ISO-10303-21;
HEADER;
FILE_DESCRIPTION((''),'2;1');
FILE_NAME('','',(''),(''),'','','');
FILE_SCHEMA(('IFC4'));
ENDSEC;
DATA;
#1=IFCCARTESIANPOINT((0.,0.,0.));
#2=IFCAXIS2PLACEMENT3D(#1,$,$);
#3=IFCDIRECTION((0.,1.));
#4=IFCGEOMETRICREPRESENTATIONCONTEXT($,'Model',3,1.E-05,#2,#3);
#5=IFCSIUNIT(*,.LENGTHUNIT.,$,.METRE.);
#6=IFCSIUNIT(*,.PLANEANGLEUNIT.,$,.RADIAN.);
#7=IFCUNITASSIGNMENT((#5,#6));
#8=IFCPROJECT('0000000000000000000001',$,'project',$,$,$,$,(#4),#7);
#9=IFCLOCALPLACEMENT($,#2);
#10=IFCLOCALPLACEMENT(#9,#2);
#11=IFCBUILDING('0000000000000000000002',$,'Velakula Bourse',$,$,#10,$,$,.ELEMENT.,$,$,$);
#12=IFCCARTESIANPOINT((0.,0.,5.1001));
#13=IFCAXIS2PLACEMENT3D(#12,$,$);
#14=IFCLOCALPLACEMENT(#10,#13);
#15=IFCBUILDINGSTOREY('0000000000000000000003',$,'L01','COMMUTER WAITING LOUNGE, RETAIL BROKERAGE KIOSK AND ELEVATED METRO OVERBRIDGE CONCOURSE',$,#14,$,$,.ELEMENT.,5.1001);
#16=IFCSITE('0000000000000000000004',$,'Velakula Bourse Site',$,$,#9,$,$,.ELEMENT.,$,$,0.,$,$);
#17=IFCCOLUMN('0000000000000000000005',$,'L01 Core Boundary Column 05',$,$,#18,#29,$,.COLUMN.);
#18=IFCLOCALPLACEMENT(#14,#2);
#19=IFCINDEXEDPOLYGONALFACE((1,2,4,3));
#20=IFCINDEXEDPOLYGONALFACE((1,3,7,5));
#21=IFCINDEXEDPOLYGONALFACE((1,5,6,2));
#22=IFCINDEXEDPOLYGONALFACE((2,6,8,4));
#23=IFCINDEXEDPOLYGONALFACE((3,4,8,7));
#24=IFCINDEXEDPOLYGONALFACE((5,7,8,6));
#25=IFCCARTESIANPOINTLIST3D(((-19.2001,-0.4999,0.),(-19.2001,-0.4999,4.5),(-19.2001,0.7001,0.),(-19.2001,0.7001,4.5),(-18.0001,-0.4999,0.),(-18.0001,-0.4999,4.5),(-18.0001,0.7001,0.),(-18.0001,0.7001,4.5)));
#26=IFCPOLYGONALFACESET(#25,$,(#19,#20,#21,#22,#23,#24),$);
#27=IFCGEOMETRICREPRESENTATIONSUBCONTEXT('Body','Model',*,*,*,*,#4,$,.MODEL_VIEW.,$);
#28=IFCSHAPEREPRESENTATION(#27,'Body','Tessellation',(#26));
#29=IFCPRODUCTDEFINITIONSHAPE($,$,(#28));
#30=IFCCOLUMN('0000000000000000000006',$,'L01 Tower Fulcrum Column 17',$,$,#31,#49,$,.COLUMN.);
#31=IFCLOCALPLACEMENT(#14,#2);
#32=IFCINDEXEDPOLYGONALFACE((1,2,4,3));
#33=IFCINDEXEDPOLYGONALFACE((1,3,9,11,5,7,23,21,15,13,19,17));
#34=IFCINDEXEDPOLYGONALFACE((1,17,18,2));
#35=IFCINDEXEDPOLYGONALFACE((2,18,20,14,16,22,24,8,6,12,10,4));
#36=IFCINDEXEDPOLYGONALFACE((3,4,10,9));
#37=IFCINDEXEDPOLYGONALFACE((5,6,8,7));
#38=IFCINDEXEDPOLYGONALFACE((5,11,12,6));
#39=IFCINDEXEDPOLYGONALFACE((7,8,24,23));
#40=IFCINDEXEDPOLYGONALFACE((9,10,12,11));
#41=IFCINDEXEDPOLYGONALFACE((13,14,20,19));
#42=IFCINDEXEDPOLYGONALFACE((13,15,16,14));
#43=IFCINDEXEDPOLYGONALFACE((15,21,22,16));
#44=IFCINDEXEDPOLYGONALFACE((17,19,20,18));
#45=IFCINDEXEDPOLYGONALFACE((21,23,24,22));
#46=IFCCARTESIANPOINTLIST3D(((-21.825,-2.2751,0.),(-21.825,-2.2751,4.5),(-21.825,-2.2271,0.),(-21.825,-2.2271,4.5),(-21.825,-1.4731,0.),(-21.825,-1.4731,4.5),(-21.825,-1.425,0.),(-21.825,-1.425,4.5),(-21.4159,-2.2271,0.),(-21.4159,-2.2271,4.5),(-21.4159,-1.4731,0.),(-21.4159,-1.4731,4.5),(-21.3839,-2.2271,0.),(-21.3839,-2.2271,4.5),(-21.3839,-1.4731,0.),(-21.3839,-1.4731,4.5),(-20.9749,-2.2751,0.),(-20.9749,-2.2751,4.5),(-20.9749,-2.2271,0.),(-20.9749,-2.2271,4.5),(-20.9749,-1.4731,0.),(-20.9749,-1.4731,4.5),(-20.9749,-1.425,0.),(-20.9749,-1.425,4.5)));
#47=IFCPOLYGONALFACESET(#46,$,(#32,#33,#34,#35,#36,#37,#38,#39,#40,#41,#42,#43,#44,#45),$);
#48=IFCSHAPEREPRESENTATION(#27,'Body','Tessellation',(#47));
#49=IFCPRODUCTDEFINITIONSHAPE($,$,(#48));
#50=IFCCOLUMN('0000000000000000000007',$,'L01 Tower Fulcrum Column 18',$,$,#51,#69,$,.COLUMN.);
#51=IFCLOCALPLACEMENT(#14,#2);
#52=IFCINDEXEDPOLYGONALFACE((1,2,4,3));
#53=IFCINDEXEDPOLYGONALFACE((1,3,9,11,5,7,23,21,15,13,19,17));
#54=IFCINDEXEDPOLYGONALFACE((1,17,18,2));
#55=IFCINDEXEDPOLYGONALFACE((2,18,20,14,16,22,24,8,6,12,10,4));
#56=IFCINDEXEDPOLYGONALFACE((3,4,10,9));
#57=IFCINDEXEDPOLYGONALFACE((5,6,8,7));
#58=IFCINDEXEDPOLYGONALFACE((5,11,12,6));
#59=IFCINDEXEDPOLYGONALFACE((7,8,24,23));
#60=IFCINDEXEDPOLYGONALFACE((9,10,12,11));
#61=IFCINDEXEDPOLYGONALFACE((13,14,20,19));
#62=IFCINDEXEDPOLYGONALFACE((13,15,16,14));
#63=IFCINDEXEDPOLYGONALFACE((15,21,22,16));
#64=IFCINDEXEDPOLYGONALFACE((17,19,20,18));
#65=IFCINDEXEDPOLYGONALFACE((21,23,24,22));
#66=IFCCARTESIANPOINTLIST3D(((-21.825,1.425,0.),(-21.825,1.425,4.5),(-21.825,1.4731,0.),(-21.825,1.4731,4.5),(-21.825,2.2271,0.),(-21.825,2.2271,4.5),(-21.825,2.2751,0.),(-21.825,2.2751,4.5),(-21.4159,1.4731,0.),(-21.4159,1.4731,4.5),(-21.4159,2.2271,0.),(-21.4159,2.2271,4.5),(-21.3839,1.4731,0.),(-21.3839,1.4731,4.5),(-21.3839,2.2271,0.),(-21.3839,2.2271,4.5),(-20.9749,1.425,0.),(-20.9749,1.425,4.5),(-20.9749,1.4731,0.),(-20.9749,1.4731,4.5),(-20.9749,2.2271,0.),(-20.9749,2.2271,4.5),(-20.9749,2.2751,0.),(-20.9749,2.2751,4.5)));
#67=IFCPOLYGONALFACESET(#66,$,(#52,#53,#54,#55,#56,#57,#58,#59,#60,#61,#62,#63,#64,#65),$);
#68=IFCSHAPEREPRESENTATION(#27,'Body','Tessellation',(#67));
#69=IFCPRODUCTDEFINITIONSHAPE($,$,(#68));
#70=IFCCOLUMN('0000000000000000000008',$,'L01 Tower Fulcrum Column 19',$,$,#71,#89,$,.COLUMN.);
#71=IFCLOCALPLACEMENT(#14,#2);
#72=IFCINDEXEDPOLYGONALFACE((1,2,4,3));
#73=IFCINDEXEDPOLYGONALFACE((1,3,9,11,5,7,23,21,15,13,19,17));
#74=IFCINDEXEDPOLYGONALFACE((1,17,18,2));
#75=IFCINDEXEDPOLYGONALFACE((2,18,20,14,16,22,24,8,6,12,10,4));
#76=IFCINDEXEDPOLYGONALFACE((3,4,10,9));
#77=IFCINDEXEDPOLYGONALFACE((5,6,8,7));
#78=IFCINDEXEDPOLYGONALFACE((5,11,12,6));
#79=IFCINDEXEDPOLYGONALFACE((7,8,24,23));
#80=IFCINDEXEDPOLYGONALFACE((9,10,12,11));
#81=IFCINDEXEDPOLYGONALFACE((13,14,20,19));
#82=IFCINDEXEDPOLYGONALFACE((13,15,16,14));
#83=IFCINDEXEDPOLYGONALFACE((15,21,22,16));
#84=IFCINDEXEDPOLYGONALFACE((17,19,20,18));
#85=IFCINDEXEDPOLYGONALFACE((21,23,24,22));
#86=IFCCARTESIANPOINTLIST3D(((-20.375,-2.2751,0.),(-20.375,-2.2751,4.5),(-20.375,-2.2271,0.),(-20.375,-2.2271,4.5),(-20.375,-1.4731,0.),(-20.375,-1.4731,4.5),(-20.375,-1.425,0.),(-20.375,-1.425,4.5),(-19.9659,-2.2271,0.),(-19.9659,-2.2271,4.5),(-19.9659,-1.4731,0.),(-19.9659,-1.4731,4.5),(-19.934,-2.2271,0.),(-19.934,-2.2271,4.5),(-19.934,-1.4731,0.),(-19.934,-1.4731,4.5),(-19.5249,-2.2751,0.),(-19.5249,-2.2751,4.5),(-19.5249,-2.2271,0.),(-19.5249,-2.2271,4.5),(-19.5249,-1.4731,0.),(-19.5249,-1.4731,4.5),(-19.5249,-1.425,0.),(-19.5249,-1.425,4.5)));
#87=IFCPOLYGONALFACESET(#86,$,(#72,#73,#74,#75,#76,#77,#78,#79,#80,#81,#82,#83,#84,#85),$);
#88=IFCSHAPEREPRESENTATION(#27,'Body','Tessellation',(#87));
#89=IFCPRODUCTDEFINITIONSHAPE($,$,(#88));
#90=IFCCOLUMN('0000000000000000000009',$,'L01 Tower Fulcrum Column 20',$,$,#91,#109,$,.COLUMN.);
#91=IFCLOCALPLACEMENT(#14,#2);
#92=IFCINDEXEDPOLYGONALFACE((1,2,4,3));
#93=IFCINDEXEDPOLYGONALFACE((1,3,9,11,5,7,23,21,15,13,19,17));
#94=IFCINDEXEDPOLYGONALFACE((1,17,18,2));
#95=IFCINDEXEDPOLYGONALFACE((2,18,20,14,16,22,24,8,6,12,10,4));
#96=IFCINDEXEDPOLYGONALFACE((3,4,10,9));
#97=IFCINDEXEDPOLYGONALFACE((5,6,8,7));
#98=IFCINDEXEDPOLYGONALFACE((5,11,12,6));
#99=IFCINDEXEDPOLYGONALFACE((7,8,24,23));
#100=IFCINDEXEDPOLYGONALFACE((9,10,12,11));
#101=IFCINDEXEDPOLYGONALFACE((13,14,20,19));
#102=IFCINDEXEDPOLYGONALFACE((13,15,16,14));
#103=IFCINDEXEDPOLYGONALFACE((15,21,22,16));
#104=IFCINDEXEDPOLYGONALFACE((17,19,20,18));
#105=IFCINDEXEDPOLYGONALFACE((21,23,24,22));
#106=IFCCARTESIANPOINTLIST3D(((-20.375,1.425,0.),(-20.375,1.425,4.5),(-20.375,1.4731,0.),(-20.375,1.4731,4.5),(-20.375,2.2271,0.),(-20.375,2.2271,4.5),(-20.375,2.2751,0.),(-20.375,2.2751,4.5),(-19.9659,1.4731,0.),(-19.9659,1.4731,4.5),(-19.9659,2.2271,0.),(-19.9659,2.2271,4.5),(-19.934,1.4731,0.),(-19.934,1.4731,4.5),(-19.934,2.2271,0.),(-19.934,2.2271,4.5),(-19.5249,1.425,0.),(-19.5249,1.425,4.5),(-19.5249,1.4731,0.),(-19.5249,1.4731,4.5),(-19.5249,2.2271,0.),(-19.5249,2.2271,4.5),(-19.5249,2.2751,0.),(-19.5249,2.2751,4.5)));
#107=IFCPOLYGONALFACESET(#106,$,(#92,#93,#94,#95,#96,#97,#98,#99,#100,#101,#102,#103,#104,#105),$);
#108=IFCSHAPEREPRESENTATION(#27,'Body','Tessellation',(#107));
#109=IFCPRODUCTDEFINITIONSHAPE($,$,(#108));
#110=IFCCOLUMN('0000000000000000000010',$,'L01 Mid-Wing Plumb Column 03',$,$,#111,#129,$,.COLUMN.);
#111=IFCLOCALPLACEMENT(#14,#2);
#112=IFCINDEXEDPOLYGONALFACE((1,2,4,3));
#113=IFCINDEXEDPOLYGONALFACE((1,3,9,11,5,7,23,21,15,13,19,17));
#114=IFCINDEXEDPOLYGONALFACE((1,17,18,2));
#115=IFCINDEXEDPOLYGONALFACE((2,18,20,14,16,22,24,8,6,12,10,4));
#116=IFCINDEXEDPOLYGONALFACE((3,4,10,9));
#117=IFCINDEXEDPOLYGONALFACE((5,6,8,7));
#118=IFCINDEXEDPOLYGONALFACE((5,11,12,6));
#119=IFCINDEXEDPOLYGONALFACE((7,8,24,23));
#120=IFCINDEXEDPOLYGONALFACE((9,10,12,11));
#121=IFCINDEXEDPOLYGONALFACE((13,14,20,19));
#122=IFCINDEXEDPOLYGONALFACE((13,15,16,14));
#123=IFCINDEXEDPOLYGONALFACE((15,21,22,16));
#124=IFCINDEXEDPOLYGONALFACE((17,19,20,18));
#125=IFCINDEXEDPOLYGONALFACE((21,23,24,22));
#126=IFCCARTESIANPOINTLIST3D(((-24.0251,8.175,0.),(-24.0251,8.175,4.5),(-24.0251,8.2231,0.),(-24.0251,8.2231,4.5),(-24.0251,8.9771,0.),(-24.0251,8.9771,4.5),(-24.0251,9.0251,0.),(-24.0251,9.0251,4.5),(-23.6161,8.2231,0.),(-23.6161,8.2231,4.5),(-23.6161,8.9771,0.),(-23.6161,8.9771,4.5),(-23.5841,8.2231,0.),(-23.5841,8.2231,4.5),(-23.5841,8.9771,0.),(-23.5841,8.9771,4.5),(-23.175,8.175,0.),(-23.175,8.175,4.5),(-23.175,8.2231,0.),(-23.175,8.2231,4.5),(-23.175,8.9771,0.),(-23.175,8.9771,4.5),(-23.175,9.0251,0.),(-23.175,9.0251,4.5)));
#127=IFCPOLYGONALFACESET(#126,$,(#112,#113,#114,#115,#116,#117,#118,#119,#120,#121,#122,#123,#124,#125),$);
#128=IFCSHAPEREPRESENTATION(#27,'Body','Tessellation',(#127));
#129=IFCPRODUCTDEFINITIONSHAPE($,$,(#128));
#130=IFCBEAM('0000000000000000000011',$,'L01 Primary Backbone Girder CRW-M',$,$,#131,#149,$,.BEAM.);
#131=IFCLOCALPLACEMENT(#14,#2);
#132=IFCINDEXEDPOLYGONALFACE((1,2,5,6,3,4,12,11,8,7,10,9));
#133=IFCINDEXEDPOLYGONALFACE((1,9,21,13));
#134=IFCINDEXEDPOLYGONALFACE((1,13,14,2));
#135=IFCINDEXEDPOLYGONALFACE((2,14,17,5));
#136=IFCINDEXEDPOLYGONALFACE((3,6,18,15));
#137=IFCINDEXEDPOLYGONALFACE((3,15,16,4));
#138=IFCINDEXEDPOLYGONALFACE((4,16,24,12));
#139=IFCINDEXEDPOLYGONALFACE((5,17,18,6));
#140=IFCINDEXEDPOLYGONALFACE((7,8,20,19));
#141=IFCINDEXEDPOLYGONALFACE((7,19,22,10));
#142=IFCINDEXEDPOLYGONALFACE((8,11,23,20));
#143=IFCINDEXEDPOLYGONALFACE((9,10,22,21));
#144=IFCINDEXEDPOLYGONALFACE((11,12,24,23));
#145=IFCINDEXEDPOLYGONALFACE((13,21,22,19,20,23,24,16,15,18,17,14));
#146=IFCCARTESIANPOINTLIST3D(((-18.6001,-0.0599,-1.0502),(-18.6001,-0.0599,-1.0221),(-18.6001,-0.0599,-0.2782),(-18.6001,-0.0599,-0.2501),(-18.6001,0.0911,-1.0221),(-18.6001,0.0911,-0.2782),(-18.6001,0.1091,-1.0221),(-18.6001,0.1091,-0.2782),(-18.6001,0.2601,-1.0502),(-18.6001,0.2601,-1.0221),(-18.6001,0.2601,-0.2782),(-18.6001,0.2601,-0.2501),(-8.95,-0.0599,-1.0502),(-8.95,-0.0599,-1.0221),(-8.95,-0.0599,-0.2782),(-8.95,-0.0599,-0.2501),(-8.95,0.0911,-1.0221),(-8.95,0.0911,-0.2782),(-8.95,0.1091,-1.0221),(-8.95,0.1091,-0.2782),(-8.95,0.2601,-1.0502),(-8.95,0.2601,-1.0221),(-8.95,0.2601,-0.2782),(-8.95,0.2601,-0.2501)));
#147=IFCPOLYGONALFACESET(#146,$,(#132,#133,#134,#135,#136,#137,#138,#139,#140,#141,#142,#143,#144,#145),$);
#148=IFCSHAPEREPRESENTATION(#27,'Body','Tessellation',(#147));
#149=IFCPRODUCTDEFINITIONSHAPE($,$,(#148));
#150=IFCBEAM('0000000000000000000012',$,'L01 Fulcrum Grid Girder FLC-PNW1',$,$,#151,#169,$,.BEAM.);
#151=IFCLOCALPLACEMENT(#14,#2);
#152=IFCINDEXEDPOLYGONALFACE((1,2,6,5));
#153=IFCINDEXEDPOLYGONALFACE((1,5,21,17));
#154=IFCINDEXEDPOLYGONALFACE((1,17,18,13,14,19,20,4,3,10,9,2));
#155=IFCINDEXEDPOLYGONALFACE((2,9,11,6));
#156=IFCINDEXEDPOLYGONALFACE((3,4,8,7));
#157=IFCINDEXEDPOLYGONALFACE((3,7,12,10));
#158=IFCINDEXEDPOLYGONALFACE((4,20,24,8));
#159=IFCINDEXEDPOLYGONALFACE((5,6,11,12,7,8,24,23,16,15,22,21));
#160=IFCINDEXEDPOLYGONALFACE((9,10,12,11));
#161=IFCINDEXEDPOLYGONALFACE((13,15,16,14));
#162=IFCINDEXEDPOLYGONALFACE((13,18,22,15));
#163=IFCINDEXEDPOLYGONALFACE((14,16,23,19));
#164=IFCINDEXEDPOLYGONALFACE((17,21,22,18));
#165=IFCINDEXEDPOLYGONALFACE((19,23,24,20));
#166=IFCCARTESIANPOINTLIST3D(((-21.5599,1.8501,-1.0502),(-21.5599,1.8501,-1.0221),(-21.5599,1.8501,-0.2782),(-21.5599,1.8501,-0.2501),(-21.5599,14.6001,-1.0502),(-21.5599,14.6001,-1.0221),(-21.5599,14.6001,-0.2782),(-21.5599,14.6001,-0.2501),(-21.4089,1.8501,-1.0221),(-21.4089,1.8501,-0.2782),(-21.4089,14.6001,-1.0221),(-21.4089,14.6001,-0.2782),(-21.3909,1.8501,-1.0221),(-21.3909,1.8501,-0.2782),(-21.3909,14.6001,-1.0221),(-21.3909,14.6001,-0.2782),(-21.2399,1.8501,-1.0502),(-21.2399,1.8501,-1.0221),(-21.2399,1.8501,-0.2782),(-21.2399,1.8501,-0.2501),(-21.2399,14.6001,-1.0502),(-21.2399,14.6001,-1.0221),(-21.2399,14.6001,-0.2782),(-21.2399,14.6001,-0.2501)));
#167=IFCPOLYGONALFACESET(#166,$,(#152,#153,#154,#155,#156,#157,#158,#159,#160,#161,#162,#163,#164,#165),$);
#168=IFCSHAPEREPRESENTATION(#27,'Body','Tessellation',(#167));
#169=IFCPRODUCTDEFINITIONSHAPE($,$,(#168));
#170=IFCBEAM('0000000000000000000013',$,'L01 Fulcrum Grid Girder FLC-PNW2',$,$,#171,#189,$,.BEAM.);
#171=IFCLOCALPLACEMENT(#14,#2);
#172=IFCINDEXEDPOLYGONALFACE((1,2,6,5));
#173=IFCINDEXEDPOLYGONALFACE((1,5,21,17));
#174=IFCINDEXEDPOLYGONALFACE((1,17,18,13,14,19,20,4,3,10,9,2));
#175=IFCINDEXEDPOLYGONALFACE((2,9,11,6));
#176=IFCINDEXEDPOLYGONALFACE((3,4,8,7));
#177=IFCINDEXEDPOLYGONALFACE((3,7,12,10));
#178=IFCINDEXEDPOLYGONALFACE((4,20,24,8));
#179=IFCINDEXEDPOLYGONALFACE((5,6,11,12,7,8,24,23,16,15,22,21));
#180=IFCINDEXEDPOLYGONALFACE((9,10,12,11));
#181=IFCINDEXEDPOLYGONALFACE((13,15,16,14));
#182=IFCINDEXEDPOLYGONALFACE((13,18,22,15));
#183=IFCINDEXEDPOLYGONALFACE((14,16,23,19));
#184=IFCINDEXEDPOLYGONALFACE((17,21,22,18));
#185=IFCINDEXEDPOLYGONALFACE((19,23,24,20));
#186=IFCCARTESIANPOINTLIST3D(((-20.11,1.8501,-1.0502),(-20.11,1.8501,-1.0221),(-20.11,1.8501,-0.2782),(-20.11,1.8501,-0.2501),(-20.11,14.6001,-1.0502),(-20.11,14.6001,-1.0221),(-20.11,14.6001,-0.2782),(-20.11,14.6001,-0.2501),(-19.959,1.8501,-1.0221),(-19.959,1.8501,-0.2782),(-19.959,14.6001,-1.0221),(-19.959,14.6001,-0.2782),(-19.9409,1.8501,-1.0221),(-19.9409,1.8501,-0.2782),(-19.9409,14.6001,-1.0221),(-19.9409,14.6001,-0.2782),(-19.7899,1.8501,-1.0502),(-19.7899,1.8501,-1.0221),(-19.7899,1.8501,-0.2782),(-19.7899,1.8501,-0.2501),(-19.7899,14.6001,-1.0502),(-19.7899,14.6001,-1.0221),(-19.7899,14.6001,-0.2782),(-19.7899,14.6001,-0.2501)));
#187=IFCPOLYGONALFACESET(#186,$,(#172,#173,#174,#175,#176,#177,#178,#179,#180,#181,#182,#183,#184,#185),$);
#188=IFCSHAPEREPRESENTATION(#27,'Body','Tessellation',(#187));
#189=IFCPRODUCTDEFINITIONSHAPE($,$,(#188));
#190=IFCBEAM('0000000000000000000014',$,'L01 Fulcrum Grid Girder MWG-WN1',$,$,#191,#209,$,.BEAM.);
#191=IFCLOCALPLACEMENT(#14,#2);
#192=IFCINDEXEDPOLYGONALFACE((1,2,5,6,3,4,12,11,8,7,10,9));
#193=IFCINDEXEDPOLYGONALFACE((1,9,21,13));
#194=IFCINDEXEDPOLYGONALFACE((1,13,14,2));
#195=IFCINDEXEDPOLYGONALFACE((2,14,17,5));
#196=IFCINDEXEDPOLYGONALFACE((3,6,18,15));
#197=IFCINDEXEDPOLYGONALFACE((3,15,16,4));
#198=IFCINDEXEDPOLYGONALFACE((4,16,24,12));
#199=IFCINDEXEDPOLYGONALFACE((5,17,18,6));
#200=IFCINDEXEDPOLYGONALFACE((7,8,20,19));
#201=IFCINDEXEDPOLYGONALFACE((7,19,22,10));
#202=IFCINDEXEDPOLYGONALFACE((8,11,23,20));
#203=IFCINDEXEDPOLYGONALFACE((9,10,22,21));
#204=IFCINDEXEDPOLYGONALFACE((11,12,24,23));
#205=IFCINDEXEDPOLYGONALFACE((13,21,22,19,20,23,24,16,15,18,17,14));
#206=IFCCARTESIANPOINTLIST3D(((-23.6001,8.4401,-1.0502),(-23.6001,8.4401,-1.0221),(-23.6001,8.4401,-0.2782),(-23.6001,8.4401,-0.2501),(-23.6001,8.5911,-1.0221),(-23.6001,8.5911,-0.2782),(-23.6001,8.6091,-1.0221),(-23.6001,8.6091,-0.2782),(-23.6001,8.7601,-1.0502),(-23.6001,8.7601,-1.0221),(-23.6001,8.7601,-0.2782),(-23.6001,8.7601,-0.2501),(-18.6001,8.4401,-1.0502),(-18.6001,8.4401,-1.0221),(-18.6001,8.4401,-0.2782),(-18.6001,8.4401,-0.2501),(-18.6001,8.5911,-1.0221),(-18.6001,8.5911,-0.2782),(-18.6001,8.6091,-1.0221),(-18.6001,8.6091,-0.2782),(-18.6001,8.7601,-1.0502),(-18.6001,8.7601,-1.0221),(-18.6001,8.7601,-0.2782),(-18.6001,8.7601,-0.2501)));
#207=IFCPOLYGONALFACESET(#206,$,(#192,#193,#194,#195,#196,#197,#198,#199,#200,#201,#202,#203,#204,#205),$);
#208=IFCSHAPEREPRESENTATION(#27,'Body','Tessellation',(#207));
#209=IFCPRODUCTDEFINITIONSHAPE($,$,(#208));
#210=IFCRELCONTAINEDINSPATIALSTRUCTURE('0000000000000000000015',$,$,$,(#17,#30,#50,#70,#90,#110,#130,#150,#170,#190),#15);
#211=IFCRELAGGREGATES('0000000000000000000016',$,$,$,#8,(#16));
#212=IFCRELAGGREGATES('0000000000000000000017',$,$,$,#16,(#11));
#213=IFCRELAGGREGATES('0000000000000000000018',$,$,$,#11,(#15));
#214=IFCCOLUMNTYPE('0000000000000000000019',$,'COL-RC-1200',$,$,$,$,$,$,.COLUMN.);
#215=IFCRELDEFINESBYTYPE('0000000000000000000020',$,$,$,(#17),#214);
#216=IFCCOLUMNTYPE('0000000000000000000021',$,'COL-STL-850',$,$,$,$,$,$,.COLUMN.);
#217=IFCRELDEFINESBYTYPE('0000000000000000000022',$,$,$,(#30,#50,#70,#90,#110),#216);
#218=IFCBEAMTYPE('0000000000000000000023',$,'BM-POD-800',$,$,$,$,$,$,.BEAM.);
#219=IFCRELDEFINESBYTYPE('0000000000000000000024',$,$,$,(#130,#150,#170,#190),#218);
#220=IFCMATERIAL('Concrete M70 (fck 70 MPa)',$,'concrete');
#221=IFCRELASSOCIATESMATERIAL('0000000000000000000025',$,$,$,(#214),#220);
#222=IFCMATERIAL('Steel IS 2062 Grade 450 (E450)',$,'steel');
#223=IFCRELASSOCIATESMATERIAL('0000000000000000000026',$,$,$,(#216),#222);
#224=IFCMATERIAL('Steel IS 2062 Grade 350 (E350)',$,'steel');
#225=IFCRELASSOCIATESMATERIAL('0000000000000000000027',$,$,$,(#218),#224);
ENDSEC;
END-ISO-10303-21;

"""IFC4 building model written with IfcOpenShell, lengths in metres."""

from ifc_helpers import new_model, si_unit, direction, frame, origin, origin_2d, place, context, subcontext, project, spatial, rectangle, i_section, extrude, material, material_profile, profile_set, type_object, element, save


model = new_model("IFC4")

# Units and contexts
model_context = context("Model", 3, precision=1e-05, world=origin(), true_north=direction((0.0, 1.0)))
body_context = subcontext(model_context, "Body", "Model", "MODEL_VIEW")
ifc_project = project(units=[si_unit("LENGTHUNIT", "METRE"), si_unit("PLANEANGLEUNIT", "RADIAN")], contexts=[model_context])

# Site, building, storey
site_placement = place(None, origin())
site = spatial("IfcSite", under=ifc_project, at=site_placement, Name="Velakula Bourse Site", CompositionType="ELEMENT", RefElevation=0.0)
building_placement = place(site_placement, origin())
building = spatial("IfcBuilding", under=site, at=building_placement, Name="Velakula Bourse", CompositionType="ELEMENT")
storey_placement = place(building_placement, frame((0.0, 0.0, 5.1001)))
storey = spatial("IfcBuildingStorey", under=building, at=storey_placement, Name="L01", Description="COMMUTER WAITING LOUNGE, RETAIL BROKERAGE KIOSK AND ELEVATED METRO OVERBRIDGE CONCOURSE", CompositionType="ELEMENT", Elevation=5.1001)

# Columns
ifc_material_1 = material(Name="Concrete M70 (fck 70 MPa)", Category="concrete")
ifc_material_profile_1 = material_profile(ifc_material_1, rectangle(XDim=1.2, YDim=1.2, at=origin_2d()), Name="Concrete M70 (fck 70 MPa)")
ifc_profile_set_1 = profile_set([ifc_material_profile_1], Name="Concrete M70 (fck 70 MPa)")
column_type_1 = type_object("IfcColumnType", Name="COL-RC-1200", PredefinedType="COLUMN", material=ifc_profile_set_1)
column_placement = place(storey_placement, frame((-18.6001, 0.1001, 0.0), z_axis=(0.0, 0.0, 1.0), x_axis=(1.0, 0.0, 0.0)))
element("IfcColumn", 1, at=column_placement, inside=storey, type_object=column_type_1, Name="L01 Core Boundary Column 05", PredefinedType="COLUMN", context=body_context, shape_type="SweptSolid", body=[
    extrude(rectangle(XDim=1.2, YDim=1.2, at=origin_2d()), origin(), (0.0, 0.0, 1.0), 4.5),
])
ifc_material_2 = material(Name="Steel IS 2062 Grade 450 (E450)", Category="steel")
ifc_material_profile_2 = material_profile(ifc_material_2, i_section(OverallWidth=0.8501, OverallDepth=0.8501, WebThickness=0.032, FlangeThickness=0.0481, at=origin_2d()), Name="Steel IS 2062 Grade 450 (E450)")
ifc_profile_set_2 = profile_set([ifc_material_profile_2], Name="Steel IS 2062 Grade 450 (E450)")
column_type_2 = type_object("IfcColumnType", Name="COL-STL-850", PredefinedType="COLUMN", material=ifc_profile_set_2)
for number, where, z_axis, x_axis, name in (
    (2, (-21.3999, -1.8501, 0.0), (0.0, 0.0, 1.0), (1.0, 0.0, 0.0), "L01 Tower Fulcrum Column 17"),
    (3, (-21.3999, 1.8501, 0.0), (0.0, 0.0, 1.0), (1.0, 0.0, 0.0), "L01 Tower Fulcrum Column 18"),
    (4, (-19.95, -1.8501, 0.0), (0.0, 0.0, 1.0), (1.0, 0.0, 0.0), "L01 Tower Fulcrum Column 19"),
    (5, (-19.95, 1.8501, 0.0), (0.0, 0.0, 1.0), (1.0, 0.0, 0.0), "L01 Tower Fulcrum Column 20"),
    (6, (-23.6001, 8.6001, 0.0), (0.0, 0.0, 1.0), (1.0, 0.0, 0.0), "L01 Mid-Wing Plumb Column 03"),
):
    element("IfcColumn", number, at=place(storey_placement, frame(where, z_axis=z_axis, x_axis=x_axis)), inside=storey, type_object=column_type_2, Name=name, PredefinedType="COLUMN", context=body_context, shape_type="SweptSolid", body=[
        extrude(i_section(OverallWidth=0.8501, OverallDepth=0.8501, WebThickness=0.032, FlangeThickness=0.0481, at=origin_2d()), origin(), (0.0, 0.0, 1.0), 4.5),
    ])

# Beams
ifc_material_3 = material(Name="Steel IS 2062 Grade 350 (E350)", Category="steel")
ifc_material_profile_3 = material_profile(ifc_material_3, i_section(OverallWidth=0.3201, OverallDepth=0.8, WebThickness=0.0181, FlangeThickness=0.0281, at=origin_2d()), Name="Steel IS 2062 Grade 350 (E350)")
ifc_profile_set_3 = profile_set([ifc_material_profile_3], Name="Steel IS 2062 Grade 350 (E350)")
beam_type_1 = type_object("IfcBeamType", Name="BM-POD-800", PredefinedType="BEAM", material=ifc_profile_set_3)
beam_1_placement = place(storey_placement, frame((-18.6001, 0.1001, -0.6501), z_axis=(1.0, 0.0, 0.0), x_axis=(0.0, 1.0, 0.0)))
element("IfcBeam", 7, at=beam_1_placement, inside=storey, type_object=beam_type_1, Name="L01 Primary Backbone Girder CRW-M", PredefinedType="BEAM", context=body_context, shape_type="SweptSolid", body=[
    extrude(i_section(OverallWidth=0.3201, OverallDepth=0.8, WebThickness=0.0181, FlangeThickness=0.0281, at=origin_2d()), origin(), (0.0, 0.0, 1.0), 9.6501),
])
for number, where, z_axis, x_axis, name in (
    (8, (-21.3999, 1.8501, -0.6501), (0.0, 1.0, 0.0), (-1.0, 0.0, 0.0), "L01 Fulcrum Grid Girder FLC-PNW1"),
    (9, (-19.95, 1.8501, -0.6501), (0.0, 1.0, 0.0), (-1.0, 0.0, 0.0), "L01 Fulcrum Grid Girder FLC-PNW2"),
):
    element("IfcBeam", number, at=place(storey_placement, frame(where, z_axis=z_axis, x_axis=x_axis)), inside=storey, type_object=beam_type_1, Name=name, PredefinedType="BEAM", context=body_context, shape_type="SweptSolid", body=[
        extrude(i_section(OverallWidth=0.3201, OverallDepth=0.8, WebThickness=0.0181, FlangeThickness=0.0281, at=origin_2d()), origin(), (0.0, 0.0, 1.0), 12.75),
    ])
beam_2_placement = place(storey_placement, frame((-23.6001, 8.6001, -0.6501), z_axis=(1.0, 0.0, 0.0), x_axis=(0.0, 1.0, 0.0)))
element("IfcBeam", 10, at=beam_2_placement, inside=storey, type_object=beam_type_1, Name="L01 Fulcrum Grid Girder MWG-WN1", PredefinedType="BEAM", context=body_context, shape_type="SweptSolid", body=[
    extrude(i_section(OverallWidth=0.3201, OverallDepth=0.8, WebThickness=0.0181, FlangeThickness=0.0281, at=origin_2d()), origin(), (0.0, 0.0, 1.0), 5.0),
])

save(model, "model.ifc")
